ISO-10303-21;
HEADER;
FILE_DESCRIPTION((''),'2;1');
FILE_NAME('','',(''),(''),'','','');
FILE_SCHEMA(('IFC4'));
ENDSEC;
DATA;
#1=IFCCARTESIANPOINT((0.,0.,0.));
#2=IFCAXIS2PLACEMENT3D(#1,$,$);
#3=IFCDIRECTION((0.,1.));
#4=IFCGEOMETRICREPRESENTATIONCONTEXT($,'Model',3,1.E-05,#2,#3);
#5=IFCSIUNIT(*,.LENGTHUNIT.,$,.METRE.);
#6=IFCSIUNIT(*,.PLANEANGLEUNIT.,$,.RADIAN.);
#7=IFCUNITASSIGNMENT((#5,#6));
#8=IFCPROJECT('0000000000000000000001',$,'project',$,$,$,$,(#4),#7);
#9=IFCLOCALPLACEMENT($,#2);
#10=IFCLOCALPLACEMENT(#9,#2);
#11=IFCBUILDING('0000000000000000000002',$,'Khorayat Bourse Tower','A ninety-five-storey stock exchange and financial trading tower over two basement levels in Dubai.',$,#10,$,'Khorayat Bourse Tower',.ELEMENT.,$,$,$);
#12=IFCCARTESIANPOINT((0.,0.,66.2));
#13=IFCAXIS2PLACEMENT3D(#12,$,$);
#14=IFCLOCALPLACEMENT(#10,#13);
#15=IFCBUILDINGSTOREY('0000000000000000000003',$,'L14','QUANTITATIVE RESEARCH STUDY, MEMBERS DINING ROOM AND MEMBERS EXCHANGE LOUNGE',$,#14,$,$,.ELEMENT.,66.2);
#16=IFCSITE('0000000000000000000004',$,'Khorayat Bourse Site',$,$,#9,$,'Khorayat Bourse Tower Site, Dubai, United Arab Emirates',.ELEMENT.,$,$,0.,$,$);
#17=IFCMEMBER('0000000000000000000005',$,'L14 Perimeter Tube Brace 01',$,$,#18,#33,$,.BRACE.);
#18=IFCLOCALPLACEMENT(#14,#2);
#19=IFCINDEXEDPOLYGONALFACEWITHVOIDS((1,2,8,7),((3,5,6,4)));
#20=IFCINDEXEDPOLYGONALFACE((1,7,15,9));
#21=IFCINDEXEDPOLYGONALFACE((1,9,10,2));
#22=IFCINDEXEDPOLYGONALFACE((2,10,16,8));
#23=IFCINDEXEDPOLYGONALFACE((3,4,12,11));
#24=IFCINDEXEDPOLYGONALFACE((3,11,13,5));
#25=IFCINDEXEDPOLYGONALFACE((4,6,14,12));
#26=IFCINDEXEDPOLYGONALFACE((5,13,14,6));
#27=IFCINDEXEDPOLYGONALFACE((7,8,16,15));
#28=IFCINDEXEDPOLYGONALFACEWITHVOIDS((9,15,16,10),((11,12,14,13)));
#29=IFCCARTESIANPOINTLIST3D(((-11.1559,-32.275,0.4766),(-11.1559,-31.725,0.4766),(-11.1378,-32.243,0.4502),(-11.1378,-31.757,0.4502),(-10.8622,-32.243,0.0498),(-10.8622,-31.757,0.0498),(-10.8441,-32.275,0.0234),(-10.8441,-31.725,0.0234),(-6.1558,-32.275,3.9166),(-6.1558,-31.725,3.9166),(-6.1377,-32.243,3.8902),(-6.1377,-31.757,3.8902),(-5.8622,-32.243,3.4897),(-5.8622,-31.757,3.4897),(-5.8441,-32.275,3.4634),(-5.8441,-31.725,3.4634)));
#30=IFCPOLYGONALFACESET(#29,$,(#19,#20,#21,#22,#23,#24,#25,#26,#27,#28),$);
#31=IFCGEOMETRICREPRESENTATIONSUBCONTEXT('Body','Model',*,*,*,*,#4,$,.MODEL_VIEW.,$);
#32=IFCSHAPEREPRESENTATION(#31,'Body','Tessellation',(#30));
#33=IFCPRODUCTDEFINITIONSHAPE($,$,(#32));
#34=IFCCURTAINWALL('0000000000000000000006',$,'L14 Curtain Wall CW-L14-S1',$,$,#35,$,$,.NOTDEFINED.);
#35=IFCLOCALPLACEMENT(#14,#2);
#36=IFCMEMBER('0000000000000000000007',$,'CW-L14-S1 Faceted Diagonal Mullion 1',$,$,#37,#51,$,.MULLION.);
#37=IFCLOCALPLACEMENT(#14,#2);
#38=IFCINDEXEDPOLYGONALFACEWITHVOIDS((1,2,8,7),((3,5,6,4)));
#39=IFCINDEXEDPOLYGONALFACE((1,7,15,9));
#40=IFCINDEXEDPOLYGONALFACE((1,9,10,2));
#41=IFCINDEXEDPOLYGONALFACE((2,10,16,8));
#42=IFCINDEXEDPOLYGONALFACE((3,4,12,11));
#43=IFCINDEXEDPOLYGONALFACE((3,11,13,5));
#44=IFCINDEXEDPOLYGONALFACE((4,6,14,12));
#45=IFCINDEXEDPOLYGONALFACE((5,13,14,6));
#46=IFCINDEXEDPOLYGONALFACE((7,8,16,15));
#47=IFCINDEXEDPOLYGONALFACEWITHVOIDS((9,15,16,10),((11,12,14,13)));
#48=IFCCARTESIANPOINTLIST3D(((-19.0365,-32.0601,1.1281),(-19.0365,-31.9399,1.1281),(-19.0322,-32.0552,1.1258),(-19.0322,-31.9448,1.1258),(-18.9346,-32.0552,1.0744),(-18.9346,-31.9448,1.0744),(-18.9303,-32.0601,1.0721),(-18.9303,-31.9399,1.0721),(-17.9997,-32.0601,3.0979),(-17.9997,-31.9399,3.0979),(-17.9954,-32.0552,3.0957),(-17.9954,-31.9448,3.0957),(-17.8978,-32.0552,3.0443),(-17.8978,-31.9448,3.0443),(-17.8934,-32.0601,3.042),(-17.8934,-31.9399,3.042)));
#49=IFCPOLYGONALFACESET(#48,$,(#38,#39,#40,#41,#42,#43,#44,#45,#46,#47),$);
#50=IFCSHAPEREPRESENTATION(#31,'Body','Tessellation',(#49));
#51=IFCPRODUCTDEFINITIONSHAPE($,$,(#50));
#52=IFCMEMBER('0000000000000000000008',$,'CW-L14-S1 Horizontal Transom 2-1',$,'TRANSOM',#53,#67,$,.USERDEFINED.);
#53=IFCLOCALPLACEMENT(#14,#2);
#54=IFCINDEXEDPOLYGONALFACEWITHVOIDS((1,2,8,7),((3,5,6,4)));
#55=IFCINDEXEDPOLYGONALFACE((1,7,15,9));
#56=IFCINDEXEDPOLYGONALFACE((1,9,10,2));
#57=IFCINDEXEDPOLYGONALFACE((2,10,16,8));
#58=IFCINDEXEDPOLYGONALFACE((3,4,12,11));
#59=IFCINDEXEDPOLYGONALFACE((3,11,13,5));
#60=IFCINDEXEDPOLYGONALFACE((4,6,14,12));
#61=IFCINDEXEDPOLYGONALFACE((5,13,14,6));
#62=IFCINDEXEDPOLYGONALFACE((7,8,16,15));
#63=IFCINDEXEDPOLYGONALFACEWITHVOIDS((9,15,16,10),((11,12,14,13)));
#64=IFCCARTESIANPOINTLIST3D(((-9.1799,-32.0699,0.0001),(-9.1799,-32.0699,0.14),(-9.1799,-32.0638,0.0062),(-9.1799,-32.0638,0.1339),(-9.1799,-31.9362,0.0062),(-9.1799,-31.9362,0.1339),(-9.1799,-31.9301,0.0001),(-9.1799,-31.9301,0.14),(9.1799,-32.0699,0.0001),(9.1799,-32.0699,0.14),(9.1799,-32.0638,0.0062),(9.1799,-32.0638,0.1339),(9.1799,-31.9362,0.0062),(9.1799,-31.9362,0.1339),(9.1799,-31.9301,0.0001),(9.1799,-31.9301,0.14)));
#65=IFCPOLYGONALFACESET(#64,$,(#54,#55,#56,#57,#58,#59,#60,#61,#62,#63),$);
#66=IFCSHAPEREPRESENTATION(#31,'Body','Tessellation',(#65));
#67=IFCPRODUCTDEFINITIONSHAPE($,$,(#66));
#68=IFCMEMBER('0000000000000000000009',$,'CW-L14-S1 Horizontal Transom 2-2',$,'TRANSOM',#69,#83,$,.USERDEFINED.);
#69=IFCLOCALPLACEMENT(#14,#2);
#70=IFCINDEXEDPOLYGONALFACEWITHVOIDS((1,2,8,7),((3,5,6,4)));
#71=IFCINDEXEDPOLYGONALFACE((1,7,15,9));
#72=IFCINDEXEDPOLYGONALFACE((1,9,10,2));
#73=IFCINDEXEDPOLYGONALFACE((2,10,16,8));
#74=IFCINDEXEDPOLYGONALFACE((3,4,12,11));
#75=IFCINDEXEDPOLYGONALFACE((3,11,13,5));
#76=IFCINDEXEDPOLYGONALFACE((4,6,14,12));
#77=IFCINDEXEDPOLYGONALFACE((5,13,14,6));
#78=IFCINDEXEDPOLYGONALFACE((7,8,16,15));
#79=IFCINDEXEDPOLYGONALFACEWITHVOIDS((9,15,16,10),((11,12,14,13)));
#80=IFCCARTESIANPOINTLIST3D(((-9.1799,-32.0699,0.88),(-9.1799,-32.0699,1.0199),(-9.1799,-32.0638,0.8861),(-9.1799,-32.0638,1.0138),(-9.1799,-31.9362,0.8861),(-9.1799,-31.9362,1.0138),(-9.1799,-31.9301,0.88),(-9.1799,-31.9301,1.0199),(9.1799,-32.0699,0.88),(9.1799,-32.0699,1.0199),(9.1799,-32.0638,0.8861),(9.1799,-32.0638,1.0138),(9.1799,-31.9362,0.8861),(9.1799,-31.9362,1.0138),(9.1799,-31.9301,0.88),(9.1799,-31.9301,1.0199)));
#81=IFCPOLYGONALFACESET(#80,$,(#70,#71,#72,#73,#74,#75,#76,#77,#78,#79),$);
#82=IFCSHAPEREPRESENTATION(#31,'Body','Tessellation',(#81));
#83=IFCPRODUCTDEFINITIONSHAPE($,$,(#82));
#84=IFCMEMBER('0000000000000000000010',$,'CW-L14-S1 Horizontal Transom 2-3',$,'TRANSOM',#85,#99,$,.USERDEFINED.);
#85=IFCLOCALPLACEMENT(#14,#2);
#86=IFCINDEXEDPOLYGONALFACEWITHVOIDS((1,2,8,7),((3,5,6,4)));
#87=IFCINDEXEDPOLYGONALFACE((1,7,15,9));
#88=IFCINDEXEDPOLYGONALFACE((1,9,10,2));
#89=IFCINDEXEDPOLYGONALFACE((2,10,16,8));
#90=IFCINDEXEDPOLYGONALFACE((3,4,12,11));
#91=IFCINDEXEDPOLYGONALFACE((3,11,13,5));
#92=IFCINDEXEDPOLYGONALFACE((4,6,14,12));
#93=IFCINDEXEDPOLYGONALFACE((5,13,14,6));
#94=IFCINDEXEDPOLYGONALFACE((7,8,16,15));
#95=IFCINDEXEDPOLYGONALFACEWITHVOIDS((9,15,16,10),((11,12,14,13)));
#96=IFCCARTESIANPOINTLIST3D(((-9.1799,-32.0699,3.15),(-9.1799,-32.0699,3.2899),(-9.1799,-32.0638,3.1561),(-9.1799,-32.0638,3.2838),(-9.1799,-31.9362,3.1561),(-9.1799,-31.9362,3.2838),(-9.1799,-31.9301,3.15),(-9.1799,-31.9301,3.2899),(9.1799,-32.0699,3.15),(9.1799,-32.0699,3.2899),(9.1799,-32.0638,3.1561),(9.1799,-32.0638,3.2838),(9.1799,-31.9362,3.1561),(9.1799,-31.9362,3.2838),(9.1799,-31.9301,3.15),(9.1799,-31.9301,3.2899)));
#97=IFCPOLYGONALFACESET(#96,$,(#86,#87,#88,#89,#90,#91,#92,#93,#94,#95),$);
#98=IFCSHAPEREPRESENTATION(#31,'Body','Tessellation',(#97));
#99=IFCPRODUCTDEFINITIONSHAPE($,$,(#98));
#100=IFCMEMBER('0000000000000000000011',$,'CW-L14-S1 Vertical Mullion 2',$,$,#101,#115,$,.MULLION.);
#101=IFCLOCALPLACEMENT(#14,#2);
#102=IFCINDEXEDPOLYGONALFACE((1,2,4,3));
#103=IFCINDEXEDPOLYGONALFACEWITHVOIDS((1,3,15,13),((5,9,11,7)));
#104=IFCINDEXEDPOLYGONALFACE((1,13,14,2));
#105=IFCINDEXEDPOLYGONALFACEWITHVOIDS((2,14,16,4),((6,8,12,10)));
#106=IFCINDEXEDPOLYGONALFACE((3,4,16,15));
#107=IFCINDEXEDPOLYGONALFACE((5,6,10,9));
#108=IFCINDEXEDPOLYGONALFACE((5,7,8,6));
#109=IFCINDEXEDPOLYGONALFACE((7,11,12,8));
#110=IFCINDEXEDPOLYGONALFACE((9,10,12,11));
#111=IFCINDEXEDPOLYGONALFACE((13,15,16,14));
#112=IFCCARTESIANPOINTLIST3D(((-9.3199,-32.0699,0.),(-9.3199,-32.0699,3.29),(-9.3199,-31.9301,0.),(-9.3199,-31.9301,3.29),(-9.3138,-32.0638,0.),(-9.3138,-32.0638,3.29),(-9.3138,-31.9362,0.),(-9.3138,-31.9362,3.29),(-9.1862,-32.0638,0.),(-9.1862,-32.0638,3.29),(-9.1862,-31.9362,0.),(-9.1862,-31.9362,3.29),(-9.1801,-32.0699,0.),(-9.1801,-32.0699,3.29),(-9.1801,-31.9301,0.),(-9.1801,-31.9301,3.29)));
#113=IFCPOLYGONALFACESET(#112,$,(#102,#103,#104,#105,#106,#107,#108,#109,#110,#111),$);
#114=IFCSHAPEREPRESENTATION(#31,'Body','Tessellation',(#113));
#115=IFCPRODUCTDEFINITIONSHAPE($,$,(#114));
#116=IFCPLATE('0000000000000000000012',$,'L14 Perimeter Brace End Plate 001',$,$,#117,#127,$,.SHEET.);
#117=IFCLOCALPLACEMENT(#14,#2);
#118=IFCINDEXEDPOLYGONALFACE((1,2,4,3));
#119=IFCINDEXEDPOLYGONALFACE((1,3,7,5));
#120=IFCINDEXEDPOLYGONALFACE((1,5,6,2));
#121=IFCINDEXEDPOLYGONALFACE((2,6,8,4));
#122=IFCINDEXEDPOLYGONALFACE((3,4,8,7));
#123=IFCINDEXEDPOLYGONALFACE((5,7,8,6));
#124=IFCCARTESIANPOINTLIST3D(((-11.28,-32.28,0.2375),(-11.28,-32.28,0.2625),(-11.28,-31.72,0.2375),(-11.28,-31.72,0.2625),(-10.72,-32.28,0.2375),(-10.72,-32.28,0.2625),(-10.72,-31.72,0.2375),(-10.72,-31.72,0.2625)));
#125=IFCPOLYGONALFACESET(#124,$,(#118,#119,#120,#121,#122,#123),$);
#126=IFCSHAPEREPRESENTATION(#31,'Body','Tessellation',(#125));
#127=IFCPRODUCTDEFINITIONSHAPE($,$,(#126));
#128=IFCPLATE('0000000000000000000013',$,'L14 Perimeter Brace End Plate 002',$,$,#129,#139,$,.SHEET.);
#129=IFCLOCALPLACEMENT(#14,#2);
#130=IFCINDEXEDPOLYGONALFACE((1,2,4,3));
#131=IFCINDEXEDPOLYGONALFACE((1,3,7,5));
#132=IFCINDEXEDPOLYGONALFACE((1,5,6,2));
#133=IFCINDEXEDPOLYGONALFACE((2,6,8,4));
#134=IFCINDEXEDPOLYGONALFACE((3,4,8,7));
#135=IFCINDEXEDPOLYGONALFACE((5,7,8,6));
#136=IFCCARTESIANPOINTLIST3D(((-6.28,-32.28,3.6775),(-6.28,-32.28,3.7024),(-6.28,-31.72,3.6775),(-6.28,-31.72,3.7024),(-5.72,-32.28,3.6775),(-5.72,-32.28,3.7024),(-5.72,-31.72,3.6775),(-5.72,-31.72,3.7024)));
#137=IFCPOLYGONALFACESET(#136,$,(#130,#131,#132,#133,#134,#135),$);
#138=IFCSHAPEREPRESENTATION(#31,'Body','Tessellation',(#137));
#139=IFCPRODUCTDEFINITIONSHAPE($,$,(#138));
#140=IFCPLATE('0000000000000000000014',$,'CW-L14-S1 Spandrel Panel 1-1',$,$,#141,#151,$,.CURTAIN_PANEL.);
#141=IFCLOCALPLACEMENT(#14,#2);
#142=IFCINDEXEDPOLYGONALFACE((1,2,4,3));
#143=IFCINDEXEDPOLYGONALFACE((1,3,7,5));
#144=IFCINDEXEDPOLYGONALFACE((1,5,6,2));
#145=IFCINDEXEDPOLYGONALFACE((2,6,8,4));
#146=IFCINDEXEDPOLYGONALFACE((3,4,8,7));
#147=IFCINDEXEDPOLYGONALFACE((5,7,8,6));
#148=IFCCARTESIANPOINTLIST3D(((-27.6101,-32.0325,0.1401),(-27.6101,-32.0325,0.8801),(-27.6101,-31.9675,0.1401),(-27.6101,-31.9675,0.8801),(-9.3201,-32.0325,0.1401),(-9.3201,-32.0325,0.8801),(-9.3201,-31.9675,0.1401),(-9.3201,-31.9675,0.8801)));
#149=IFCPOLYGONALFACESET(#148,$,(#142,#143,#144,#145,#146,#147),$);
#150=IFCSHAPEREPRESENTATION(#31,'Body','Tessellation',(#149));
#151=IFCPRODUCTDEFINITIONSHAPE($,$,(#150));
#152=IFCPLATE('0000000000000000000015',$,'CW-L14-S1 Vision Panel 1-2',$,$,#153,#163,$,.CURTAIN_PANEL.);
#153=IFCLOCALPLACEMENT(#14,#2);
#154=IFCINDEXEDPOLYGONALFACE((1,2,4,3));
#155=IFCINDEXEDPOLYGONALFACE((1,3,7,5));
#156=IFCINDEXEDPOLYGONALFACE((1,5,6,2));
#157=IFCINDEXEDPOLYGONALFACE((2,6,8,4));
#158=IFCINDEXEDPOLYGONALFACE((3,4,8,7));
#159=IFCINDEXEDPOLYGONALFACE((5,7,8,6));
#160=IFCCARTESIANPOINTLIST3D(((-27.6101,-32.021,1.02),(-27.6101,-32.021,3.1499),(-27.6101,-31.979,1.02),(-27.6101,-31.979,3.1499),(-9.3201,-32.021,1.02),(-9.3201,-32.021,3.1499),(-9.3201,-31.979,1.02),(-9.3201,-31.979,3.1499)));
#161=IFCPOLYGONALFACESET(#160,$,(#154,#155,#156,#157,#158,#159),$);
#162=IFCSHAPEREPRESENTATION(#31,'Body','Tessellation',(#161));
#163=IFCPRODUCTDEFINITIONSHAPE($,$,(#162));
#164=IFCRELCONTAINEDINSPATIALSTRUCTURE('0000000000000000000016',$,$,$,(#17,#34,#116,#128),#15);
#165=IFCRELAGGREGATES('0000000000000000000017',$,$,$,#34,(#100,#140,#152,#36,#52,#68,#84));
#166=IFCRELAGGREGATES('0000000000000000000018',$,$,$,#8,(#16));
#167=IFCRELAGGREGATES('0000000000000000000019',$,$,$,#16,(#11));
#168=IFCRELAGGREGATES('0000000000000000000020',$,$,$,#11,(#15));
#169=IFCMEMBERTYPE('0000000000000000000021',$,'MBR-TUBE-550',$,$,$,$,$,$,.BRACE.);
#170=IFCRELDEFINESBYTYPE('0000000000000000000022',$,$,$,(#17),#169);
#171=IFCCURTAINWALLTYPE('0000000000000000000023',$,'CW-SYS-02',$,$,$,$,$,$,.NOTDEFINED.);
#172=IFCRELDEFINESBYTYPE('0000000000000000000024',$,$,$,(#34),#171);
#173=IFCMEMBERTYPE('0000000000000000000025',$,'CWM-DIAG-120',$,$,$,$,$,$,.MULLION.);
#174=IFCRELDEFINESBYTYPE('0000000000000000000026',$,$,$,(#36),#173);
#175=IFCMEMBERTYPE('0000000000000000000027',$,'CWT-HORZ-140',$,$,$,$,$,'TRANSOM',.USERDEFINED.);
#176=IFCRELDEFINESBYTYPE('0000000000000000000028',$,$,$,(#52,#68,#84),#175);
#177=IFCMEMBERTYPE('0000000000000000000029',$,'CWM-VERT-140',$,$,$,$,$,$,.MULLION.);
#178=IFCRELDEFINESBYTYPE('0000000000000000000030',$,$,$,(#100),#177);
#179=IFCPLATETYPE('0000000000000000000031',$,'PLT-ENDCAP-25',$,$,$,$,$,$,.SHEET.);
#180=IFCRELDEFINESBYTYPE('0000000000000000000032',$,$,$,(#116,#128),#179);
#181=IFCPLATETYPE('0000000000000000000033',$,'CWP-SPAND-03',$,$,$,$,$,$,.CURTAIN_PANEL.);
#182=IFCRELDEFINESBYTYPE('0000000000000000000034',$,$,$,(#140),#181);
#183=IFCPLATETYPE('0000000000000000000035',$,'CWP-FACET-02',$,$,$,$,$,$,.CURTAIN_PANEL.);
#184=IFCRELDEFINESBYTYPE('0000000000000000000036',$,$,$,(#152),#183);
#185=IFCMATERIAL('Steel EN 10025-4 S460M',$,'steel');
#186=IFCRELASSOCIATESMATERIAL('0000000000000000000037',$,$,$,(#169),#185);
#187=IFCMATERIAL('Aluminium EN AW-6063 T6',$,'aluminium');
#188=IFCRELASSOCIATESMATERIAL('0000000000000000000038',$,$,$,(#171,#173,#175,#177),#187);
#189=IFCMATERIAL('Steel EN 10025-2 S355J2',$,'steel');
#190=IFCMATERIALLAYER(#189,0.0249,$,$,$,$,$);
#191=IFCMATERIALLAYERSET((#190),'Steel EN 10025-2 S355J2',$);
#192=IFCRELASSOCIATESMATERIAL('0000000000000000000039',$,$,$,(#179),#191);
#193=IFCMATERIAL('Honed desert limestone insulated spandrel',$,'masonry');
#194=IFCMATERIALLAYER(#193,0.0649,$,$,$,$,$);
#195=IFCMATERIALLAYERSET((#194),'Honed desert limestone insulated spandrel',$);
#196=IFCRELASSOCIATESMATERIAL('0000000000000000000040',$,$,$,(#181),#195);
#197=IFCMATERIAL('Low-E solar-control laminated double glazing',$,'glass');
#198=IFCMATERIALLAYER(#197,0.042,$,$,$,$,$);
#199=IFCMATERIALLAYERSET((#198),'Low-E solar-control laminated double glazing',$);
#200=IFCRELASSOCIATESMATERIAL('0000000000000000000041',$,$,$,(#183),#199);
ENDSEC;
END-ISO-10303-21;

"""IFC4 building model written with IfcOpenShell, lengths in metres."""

from ifc_helpers import new_model, si_unit, direction, frame, origin, origin_2d, place, context, subcontext, project, spatial, rectangle, hollow_rectangle, extrude, source, transform, mapped, material, layer, layer_set, material_profile, profile_set, type_object, element, aggregate, save


model = new_model("IFC4")

# Units and contexts
model_context = context("Model", 3, precision=1e-05, world=origin(), true_north=direction((0.0, 1.0)))
body_context = subcontext(model_context, "Body", "Model", "MODEL_VIEW")
ifc_project = project(units=[si_unit("LENGTHUNIT", "METRE"), si_unit("PLANEANGLEUNIT", "RADIAN")], contexts=[model_context])

# Site, building, storey
site_placement = place(None, origin())
site = spatial("IfcSite", under=ifc_project, at=site_placement, Name="Khorayat Bourse Site", LongName="Khorayat Bourse Tower Site, Dubai, United Arab Emirates", CompositionType="ELEMENT", RefElevation=0.0)
building_placement = place(site_placement, origin())
building = spatial("IfcBuilding", under=site, at=building_placement, Name="Khorayat Bourse Tower", Description="A ninety-five-storey stock exchange and financial trading tower over two basement levels in Dubai.", LongName="Khorayat Bourse Tower", CompositionType="ELEMENT")
storey_placement = place(building_placement, frame((0.0, 0.0, 66.2)))
storey = spatial("IfcBuildingStorey", under=building, at=storey_placement, Name="L14", Description="QUANTITATIVE RESEARCH STUDY, MEMBERS DINING ROOM AND MEMBERS EXCHANGE LOUNGE", CompositionType="ELEMENT", Elevation=66.2)

# Shared definitions
ifc_material_1 = material(Name="Steel EN 10025-4 S460M", Category="steel")

# Member
ifc_material_profile_1 = material_profile(ifc_material_1, hollow_rectangle(XDim=0.55, YDim=0.55, WallThickness=0.032, at=origin_2d()), Name="HSS 550x550x32")
ifc_profile_set_1 = profile_set([ifc_material_profile_1], Name="Steel EN 10025-4 S460M")
member_type_1 = type_object("IfcMemberType", Name="MBR-TUBE-550", PredefinedType="BRACE", material=ifc_profile_set_1)
shared_shape_1 = source(origin(), body_context, "Body", "SweptSolid", [
    extrude(hollow_rectangle(XDim=0.55, YDim=0.55, WallThickness=0.032, at=origin_2d()), origin(), (0.0, 0.0, 1.0), 6.0691),
])
member_1_placement = place(storey_placement, frame((-11.0, -32.0, 0.25), z_axis=(0.823854, 0.0, 0.566802), x_axis=(0.0, 1.0, 0.0)))
element("IfcMember", 1, at=member_1_placement, inside=storey, type_object=member_type_1, Name="L14 Perimeter Tube Brace 01", PredefinedType="BRACE", context=body_context, shape_type="MappedRepresentation", body=[
    mapped(shared_shape_1, transform((0.0, 0.0, 0.0), scale=1.0)),
])

# Curtain wall, members
ifc_material_2 = material(Name="Aluminium EN AW-6063 T6", Category="aluminium")
curtain_wall_type = type_object("IfcCurtainWallType", Name="CW-SYS-02", PredefinedType="NOTDEFINED", material=ifc_material_2)
curtain_wall_placement = place(storey_placement, origin())
curtain_wall = element("IfcCurtainWall", 2, at=curtain_wall_placement, inside=storey, type_object=curtain_wall_type, Name="L14 Curtain Wall CW-L14-S1", PredefinedType="NOTDEFINED")
ifc_material_profile_2 = material_profile(ifc_material_2, hollow_rectangle(XDim=0.1201, YDim=0.1201, WallThickness=0.0049, at=origin_2d()), Name="ALU 120x120x5")
ifc_profile_set_2 = profile_set([ifc_material_profile_2], Name="Aluminium EN AW-6063 T6")
member_type_2 = type_object("IfcMemberType", Name="CWM-DIAG-120", PredefinedType="MULLION", material=ifc_profile_set_2)
shared_shape_2 = source(origin(), body_context, "Body", "SweptSolid", [
    extrude(hollow_rectangle(XDim=0.1201, YDim=0.1201, WallThickness=0.0049, at=origin_2d()), origin(), (0.0, 0.0, 1.0), 2.2261),
])
member_2_placement = place(storey_placement, frame((-18.9834, -32.0, 1.1001), z_axis=(0.46576, 0.0, 0.884911), x_axis=(0.0, 1.0, 0.0)))
member_2 = element("IfcMember", 3, at=member_2_placement, type_object=member_type_2, Name="CW-L14-S1 Faceted Diagonal Mullion 1", PredefinedType="MULLION", context=body_context, shape_type="MappedRepresentation", body=[
    mapped(shared_shape_2, transform((0.0, 0.0, 0.0), scale=1.0)),
])
ifc_material_profile_3 = material_profile(ifc_material_2, hollow_rectangle(XDim=0.1399, YDim=0.1399, WallThickness=0.0061, at=origin_2d()), Name="ALU 140x140x6")
ifc_profile_set_3 = profile_set([ifc_material_profile_3], Name="Aluminium EN AW-6063 T6")
member_type_3 = type_object("IfcMemberType", Name="CWT-HORZ-140", ElementType="TRANSOM", PredefinedType="USERDEFINED", material=ifc_profile_set_3)
shared_shape_3 = source(origin(), body_context, "Body", "SweptSolid", [
    extrude(hollow_rectangle(XDim=0.1399, YDim=0.1399, WallThickness=0.0061, at=origin_2d()), origin(), (0.0, 0.0, 1.0), 18.3599),
])
member_3_placement = place(storey_placement, frame((-9.1799, -32.0, 0.0701), z_axis=(1.0, 0.0, 0.0), x_axis=(0.0, 1.0, 0.0)))
member_3 = element("IfcMember", 4, at=member_3_placement, type_object=member_type_3, Name="CW-L14-S1 Horizontal Transom 2-1", ObjectType="TRANSOM", PredefinedType="USERDEFINED", context=body_context, shape_type="MappedRepresentation", body=[
    mapped(shared_shape_3, transform((0.0, 0.0, 0.0), scale=1.0)),
])
member_4_placement = place(storey_placement, frame((-9.1799, -32.0, 0.95), z_axis=(1.0, 0.0, 0.0), x_axis=(0.0, 1.0, 0.0)))
member_4 = element("IfcMember", 5, at=member_4_placement, type_object=member_type_3, Name="CW-L14-S1 Horizontal Transom 2-2", ObjectType="TRANSOM", PredefinedType="USERDEFINED", context=body_context, shape_type="MappedRepresentation", body=[
    mapped(shared_shape_3, transform((0.0, 0.0, 0.0), scale=1.0)),
])
member_5_placement = place(storey_placement, frame((-9.1799, -32.0, 3.22), z_axis=(1.0, 0.0, 0.0), x_axis=(0.0, 1.0, 0.0)))
member_5 = element("IfcMember", 6, at=member_5_placement, type_object=member_type_3, Name="CW-L14-S1 Horizontal Transom 2-3", ObjectType="TRANSOM", PredefinedType="USERDEFINED", context=body_context, shape_type="MappedRepresentation", body=[
    mapped(shared_shape_3, transform((0.0, 0.0, 0.0), scale=1.0)),
])
ifc_material_profile_4 = material_profile(ifc_material_2, hollow_rectangle(XDim=0.1399, YDim=0.1399, WallThickness=0.0061, at=origin_2d()), Name="ALU 140x140x6")
ifc_profile_set_4 = profile_set([ifc_material_profile_4], Name="Aluminium EN AW-6063 T6")
member_type_4 = type_object("IfcMemberType", Name="CWM-VERT-140", PredefinedType="MULLION", material=ifc_profile_set_4)
shared_shape_4 = source(origin(), body_context, "Body", "SweptSolid", [
    extrude(hollow_rectangle(XDim=0.1399, YDim=0.1399, WallThickness=0.0061, at=origin_2d()), origin(), (0.0, 0.0, 1.0), 3.29),
])
member_6_placement = place(storey_placement, frame((-9.25, -32.0, 0.0), z_axis=(0.0, 0.0, 1.0), x_axis=(0.0, 1.0, 0.0)))
member_6 = element("IfcMember", 7, at=member_6_placement, type_object=member_type_4, Name="CW-L14-S1 Vertical Mullion 2", PredefinedType="MULLION", context=body_context, shape_type="MappedRepresentation", body=[
    mapped(shared_shape_4, transform((0.0, 0.0, 0.0), scale=1.0)),
])

# Plates
ifc_material_3 = material(Name="Steel EN 10025-2 S355J2", Category="steel")
ifc_layer_1 = layer(ifc_material_3, 0.0249)
ifc_layer_set_1 = layer_set([ifc_layer_1], Name="Steel EN 10025-2 S355J2")
plate_type_1 = type_object("IfcPlateType", Name="PLT-ENDCAP-25", PredefinedType="SHEET", material=ifc_layer_set_1)
shared_shape_5 = source(origin(), body_context, "Body", "SweptSolid", [
    extrude(rectangle(XDim=0.5601, YDim=0.5601, at=origin_2d()), origin(), (0.0, 0.0, 1.0), 0.0249),
])
for number, where, z_axis, x_axis, name in (
    (8, (-11.0, -32.0, 0.2375), (0.0, 0.0, 1.0), (1.0, 0.0, 0.0), "L14 Perimeter Brace End Plate 001"),
    (9, (-6.0, -32.0, 3.6775), (0.0, 0.0, 1.0), (1.0, 0.0, 0.0), "L14 Perimeter Brace End Plate 002"),
):
    element("IfcPlate", number, at=place(storey_placement, frame(where, z_axis=z_axis, x_axis=x_axis)), inside=storey, type_object=plate_type_1, Name=name, PredefinedType="SHEET", context=body_context, shape_type="MappedRepresentation", body=[
        mapped(shared_shape_5, transform((0.0, 0.0, 0.0), scale=1.0)),
    ])

# Plates
ifc_material_4 = material(Name="Honed desert limestone insulated spandrel", Category="masonry")
ifc_layer_2 = layer(ifc_material_4, 0.0649)
ifc_layer_set_2 = layer_set([ifc_layer_2], Name="Honed desert limestone insulated spandrel")
plate_type_2 = type_object("IfcPlateType", Name="CWP-SPAND-03", PredefinedType="CURTAIN_PANEL", material=ifc_layer_set_2)
shared_shape_6 = source(origin(), body_context, "Body", "SweptSolid", [
    extrude(rectangle(XDim=18.29, YDim=0.0649, at=origin_2d()), origin(), (0.0, 0.0, 1.0), 0.74),
])
plate_1_placement = place(storey_placement, frame((-18.4651, -32.0, 0.1401), z_axis=(0.0, 0.0, 1.0), x_axis=(1.0, 0.0, 0.0)))
plate_1 = element("IfcPlate", 10, at=plate_1_placement, type_object=plate_type_2, Name="CW-L14-S1 Spandrel Panel 1-1", PredefinedType="CURTAIN_PANEL", context=body_context, shape_type="MappedRepresentation", body=[
    mapped(shared_shape_6, transform((0.0, 0.0, 0.0), scale=1.0)),
])
ifc_material_5 = material(Name="Low-E solar-control laminated double glazing", Category="glass")
ifc_layer_3 = layer(ifc_material_5, 0.042)
ifc_layer_set_3 = layer_set([ifc_layer_3], Name="Low-E solar-control laminated double glazing")
plate_type_3 = type_object("IfcPlateType", Name="CWP-FACET-02", PredefinedType="CURTAIN_PANEL", material=ifc_layer_set_3)
shared_shape_7 = source(origin(), body_context, "Body", "SweptSolid", [
    extrude(rectangle(XDim=18.29, YDim=0.042, at=origin_2d()), origin(), (0.0, 0.0, 1.0), 2.1299),
])
plate_2_placement = place(storey_placement, frame((-18.4651, -32.0, 1.02), z_axis=(0.0, 0.0, 1.0), x_axis=(1.0, 0.0, 0.0)))
plate_2 = element("IfcPlate", 11, at=plate_2_placement, type_object=plate_type_3, Name="CW-L14-S1 Vision Panel 1-2", PredefinedType="CURTAIN_PANEL", context=body_context, shape_type="MappedRepresentation", body=[
    mapped(shared_shape_7, transform((0.0, 0.0, 0.0), scale=1.0)),
])
aggregate(curtain_wall, [member_6, plate_1, plate_2, member_2, member_3, member_4, member_5])

save(model, "model.ifc")
